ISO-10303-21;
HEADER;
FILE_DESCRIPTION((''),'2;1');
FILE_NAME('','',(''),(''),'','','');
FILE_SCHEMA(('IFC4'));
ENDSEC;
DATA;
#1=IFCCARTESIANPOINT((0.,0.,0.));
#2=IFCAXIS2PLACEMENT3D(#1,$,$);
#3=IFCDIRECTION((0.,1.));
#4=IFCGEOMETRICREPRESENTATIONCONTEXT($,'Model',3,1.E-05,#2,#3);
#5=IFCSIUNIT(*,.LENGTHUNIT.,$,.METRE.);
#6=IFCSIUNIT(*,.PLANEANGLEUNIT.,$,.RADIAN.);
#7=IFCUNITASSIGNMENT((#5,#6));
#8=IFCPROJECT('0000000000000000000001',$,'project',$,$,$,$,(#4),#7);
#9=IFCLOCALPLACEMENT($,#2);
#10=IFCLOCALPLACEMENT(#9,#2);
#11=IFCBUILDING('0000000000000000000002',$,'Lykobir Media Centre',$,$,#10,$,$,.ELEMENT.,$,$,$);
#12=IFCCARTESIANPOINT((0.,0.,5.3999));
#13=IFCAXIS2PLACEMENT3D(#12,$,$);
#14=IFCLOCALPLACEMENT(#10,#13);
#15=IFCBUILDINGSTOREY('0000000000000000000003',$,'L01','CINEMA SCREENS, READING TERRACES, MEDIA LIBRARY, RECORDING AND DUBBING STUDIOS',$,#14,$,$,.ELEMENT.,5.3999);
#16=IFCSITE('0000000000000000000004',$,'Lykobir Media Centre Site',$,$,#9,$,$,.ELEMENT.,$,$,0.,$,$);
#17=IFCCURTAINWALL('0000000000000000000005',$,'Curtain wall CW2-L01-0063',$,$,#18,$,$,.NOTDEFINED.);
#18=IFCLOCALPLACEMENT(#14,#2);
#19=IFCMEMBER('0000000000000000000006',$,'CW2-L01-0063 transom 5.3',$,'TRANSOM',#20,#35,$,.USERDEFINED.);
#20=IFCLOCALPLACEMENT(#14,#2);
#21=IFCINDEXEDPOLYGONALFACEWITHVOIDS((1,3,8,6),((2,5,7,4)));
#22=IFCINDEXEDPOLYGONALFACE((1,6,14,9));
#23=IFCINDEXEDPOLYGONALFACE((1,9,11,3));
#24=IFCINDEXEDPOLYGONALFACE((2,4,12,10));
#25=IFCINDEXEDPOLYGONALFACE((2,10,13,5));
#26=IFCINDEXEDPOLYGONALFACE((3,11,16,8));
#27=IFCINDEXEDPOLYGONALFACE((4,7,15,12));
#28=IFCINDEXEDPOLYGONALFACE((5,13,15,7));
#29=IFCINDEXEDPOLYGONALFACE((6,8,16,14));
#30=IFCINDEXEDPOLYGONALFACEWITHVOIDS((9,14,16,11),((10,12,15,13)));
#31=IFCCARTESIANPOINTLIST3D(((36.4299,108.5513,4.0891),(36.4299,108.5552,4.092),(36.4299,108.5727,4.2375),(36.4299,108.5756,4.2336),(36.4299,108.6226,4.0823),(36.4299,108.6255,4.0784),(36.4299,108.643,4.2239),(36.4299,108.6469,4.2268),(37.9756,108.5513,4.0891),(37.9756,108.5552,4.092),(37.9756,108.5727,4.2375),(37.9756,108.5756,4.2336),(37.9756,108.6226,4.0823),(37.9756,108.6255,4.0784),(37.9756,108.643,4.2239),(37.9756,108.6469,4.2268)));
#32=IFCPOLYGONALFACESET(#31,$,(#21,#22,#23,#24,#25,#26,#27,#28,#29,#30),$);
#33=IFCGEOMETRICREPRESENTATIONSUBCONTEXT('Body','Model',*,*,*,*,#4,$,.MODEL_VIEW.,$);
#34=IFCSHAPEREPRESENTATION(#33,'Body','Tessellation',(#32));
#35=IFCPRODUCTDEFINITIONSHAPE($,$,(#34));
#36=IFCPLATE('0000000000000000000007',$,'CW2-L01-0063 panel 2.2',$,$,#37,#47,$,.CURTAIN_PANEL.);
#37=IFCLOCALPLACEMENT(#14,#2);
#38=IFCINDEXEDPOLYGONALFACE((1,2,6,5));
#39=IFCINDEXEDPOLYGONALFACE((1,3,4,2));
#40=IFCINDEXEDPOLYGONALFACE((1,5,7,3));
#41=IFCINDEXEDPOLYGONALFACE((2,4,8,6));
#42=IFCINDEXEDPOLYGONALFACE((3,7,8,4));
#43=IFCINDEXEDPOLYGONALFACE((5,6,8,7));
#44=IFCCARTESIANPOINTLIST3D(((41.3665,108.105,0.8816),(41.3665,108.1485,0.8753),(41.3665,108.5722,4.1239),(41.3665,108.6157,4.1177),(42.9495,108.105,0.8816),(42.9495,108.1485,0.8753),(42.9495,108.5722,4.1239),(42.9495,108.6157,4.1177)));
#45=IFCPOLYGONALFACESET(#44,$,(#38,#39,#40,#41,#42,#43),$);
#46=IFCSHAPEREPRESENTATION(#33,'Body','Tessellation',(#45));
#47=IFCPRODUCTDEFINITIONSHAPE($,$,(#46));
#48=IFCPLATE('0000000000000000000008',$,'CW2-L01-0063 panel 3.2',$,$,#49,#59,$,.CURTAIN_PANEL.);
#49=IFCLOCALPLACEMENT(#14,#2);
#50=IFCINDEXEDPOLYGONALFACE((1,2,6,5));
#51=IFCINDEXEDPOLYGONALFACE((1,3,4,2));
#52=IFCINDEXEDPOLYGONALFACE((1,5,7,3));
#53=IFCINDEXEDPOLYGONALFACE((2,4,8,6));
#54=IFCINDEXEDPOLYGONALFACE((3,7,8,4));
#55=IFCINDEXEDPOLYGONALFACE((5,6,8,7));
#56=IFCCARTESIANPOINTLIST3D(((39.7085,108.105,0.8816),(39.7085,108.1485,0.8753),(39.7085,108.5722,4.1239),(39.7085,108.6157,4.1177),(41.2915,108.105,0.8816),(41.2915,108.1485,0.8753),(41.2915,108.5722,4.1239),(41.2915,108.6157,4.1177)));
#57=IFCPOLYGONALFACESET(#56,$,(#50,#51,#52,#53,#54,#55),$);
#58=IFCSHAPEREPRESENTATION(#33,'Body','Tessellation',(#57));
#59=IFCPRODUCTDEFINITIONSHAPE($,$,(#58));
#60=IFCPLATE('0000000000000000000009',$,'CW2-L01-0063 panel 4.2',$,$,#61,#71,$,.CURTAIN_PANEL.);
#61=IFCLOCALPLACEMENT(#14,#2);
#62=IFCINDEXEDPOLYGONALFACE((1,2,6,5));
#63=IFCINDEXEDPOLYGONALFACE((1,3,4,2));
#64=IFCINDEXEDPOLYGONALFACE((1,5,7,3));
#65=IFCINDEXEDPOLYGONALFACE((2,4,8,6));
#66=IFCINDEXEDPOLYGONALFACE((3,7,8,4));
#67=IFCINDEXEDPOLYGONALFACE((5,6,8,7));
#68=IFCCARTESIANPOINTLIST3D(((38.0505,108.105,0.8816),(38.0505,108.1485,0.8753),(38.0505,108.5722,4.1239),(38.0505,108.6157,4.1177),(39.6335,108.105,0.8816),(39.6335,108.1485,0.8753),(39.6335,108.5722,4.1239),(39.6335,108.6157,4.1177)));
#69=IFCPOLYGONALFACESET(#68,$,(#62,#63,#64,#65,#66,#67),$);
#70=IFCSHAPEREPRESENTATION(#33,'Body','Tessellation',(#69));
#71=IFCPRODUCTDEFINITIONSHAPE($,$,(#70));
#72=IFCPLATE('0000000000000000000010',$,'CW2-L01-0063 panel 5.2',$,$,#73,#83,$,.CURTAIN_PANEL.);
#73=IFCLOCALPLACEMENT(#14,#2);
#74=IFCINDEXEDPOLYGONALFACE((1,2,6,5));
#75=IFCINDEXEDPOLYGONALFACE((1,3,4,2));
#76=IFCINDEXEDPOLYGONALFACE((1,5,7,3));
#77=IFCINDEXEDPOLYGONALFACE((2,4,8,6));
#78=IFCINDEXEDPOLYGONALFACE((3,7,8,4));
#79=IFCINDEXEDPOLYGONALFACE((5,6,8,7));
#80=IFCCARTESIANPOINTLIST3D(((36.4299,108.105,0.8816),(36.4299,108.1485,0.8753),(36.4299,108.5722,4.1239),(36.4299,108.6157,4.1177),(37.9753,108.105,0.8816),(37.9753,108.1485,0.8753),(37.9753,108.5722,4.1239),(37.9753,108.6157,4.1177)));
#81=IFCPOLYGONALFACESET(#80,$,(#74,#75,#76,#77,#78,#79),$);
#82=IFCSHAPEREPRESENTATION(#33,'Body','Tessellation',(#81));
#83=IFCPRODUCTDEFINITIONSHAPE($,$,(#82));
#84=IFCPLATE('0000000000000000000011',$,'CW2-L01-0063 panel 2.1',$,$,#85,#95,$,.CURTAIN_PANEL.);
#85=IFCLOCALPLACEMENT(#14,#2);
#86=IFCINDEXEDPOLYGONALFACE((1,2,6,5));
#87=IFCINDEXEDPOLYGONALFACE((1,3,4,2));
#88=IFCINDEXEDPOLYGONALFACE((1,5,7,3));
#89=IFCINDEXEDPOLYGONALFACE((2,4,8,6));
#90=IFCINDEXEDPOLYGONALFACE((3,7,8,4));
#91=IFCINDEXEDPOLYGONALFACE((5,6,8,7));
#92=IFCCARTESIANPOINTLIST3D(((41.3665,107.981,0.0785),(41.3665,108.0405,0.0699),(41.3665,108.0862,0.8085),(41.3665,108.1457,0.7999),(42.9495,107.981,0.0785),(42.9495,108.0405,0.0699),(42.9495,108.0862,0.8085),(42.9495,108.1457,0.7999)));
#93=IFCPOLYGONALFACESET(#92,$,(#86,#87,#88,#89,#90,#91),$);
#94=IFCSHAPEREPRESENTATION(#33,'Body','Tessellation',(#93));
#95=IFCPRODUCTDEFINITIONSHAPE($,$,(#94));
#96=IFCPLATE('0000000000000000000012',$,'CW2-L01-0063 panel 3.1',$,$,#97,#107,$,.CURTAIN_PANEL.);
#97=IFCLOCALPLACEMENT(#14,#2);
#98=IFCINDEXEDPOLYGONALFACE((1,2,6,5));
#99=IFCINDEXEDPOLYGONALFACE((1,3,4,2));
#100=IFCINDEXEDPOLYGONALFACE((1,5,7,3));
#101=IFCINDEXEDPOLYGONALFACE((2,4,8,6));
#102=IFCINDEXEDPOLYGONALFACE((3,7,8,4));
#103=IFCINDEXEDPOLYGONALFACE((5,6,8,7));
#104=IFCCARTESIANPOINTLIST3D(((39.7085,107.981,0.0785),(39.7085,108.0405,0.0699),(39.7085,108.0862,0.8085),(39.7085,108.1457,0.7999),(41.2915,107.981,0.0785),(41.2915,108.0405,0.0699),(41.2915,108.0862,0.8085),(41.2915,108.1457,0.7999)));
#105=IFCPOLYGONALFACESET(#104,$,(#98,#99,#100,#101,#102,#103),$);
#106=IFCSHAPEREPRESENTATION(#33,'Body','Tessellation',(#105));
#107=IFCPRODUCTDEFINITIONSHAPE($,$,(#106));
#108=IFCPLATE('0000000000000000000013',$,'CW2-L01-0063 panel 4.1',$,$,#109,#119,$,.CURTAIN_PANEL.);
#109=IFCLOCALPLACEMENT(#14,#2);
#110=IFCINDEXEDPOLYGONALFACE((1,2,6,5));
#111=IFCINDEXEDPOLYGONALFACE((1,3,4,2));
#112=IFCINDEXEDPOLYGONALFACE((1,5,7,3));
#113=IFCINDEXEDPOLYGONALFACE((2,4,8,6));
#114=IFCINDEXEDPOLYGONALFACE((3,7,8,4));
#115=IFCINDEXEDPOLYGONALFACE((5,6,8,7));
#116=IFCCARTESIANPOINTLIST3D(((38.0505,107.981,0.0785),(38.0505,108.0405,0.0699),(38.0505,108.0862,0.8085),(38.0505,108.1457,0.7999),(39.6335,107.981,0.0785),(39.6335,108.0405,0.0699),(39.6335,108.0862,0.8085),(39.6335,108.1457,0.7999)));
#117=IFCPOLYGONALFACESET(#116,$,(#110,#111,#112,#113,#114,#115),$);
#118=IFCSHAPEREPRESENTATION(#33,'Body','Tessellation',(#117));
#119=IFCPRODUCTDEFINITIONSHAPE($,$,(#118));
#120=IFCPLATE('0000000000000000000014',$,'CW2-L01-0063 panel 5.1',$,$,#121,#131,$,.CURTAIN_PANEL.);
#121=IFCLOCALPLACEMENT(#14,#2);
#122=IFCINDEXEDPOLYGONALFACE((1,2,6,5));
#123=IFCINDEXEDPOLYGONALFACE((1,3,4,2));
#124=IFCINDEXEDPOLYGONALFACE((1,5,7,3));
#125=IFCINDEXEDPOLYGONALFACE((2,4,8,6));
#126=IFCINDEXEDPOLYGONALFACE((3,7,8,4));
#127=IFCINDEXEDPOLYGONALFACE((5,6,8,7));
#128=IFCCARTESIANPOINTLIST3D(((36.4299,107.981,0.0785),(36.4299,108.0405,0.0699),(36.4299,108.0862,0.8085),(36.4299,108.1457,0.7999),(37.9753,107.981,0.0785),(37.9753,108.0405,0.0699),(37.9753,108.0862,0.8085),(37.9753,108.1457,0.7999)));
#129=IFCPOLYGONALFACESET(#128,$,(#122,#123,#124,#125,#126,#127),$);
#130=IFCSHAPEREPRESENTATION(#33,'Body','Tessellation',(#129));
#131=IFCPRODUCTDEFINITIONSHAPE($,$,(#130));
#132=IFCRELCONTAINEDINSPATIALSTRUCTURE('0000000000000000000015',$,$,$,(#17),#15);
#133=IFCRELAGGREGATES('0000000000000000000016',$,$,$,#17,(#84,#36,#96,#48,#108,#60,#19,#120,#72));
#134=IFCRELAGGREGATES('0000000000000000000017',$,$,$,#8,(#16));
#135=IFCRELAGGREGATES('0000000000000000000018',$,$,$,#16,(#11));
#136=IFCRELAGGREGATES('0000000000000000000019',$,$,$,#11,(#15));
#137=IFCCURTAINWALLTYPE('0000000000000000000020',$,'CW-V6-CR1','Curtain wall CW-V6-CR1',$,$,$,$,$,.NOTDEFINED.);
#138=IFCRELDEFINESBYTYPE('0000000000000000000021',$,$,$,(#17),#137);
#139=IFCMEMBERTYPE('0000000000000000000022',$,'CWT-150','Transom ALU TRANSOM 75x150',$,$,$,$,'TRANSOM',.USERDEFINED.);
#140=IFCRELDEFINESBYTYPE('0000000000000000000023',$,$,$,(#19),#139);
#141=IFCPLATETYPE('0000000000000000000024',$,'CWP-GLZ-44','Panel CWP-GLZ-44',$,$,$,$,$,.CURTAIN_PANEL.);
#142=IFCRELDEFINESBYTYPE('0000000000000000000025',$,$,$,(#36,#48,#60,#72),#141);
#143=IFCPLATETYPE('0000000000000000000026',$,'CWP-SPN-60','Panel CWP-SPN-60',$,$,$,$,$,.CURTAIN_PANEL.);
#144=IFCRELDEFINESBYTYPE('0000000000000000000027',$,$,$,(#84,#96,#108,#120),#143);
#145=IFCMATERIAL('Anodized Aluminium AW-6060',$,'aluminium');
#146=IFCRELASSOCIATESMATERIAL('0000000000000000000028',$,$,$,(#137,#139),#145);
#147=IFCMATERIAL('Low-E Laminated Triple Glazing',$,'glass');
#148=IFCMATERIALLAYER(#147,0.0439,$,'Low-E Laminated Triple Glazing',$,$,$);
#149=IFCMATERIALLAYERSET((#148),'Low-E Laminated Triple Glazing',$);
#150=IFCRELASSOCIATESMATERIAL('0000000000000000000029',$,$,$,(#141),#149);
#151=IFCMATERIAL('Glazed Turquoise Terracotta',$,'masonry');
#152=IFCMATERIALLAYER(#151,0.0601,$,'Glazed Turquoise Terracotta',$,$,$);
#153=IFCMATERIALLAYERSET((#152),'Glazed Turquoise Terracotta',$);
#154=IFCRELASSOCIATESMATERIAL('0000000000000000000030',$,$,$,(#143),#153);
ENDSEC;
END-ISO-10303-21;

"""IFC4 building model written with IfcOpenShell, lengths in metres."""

from ifc_helpers import new_model, si_unit, direction, frame, origin, origin_2d, place, context, subcontext, project, spatial, rectangle, hollow_rectangle, extrude, material, layer, layer_set, material_profile, profile_set, type_object, element, aggregate, save


model = new_model("IFC4")

# Units and contexts
model_context = context("Model", 3, precision=1e-05, world=origin(), true_north=direction((0.0, 1.0)))
body_context = subcontext(model_context, "Body", "Model", "MODEL_VIEW")
ifc_project = project(units=[si_unit("LENGTHUNIT", "METRE"), si_unit("PLANEANGLEUNIT", "RADIAN")], contexts=[model_context])

# Site, building, storey
site_placement = place(None, origin())
site = spatial("IfcSite", under=ifc_project, at=site_placement, Name="Lykobir Media Centre Site", CompositionType="ELEMENT", RefElevation=0.0)
building_placement = place(site_placement, origin())
building = spatial("IfcBuilding", under=site, at=building_placement, Name="Lykobir Media Centre", CompositionType="ELEMENT")
storey_placement = place(building_placement, frame((0.0, 0.0, 5.3999)))
storey = spatial("IfcBuildingStorey", under=building, at=storey_placement, Name="L01", Description="CINEMA SCREENS, READING TERRACES, MEDIA LIBRARY, RECORDING AND DUBBING STUDIOS", CompositionType="ELEMENT", Elevation=5.3999)

# Curtain wall, member, plates
ifc_material_1 = material(Name="Anodized Aluminium AW-6060", Category="aluminium")
curtain_wall_type = type_object("IfcCurtainWallType", Name="CW-V6-CR1", Description="Curtain wall CW-V6-CR1", PredefinedType="NOTDEFINED", material=ifc_material_1)
curtain_wall_placement = place(storey_placement, origin())
curtain_wall = element("IfcCurtainWall", 1, at=curtain_wall_placement, inside=storey, type_object=curtain_wall_type, Name="Curtain wall CW2-L01-0063", PredefinedType="NOTDEFINED")
ifc_material_profile_1 = material_profile(ifc_material_1, hollow_rectangle(XDim=0.075, YDim=0.1499, WallThickness=0.0034, at=origin_2d()), Name="ALU TRANSOM 75x150")
ifc_profile_set_1 = profile_set([ifc_material_profile_1], Name="Anodized Aluminium AW-6060")
member_type_1 = type_object("IfcMemberType", Name="CWT-150", Description="Transom ALU TRANSOM 75x150", ElementType="TRANSOM", PredefinedType="USERDEFINED", material=ifc_profile_set_1)
member_1_placement = place(storey_placement, frame((37.9756, 108.5991, 4.158), z_axis=(-1.0, 0.0, 0.0), x_axis=(0.0, -0.989776, 0.142629)))
member_1 = element("IfcMember", 2, at=member_1_placement, type_object=member_type_1, Name="CW2-L01-0063 transom 5.3", ObjectType="TRANSOM", PredefinedType="USERDEFINED", context=body_context, shape_type="SweptSolid", body=[
    extrude(hollow_rectangle(XDim=0.075, YDim=0.1499, WallThickness=0.0034, at=origin_2d()), origin(), (0.0, 0.0, 1.0), 1.5457),
])
ifc_material_2 = material(Name="Low-E Laminated Triple Glazing", Category="glass")
ifc_layer_1 = layer(ifc_material_2, 0.0439, Name="Low-E Laminated Triple Glazing")
ifc_layer_set_1 = layer_set([ifc_layer_1], Name="Low-E Laminated Triple Glazing")
plate_type_1 = type_object("IfcPlateType", Name="CWP-GLZ-44", Description="Panel CWP-GLZ-44", PredefinedType="CURTAIN_PANEL", material=ifc_layer_set_1)
plate_1_placement = place(storey_placement, frame((42.158, 108.1267, 0.8784), z_axis=(0.0, 0.142629, 0.989776), x_axis=(-1.0, 0.0, 0.0)))
plate_1 = element("IfcPlate", 3, at=plate_1_placement, type_object=plate_type_1, Name="CW2-L01-0063 panel 2.2", PredefinedType="CURTAIN_PANEL", context=body_context, shape_type="SweptSolid", body=[
    extrude(rectangle(XDim=1.583, YDim=0.0439, at=origin_2d()), origin(), (0.0, 0.0, 1.0), 3.2759),
])
plate_2_placement = place(storey_placement, frame((40.5, 108.1267, 0.8784), z_axis=(0.0, 0.142629, 0.989776), x_axis=(-1.0, 0.0, 0.0)))
plate_2 = element("IfcPlate", 4, at=plate_2_placement, type_object=plate_type_1, Name="CW2-L01-0063 panel 3.2", PredefinedType="CURTAIN_PANEL", context=body_context, shape_type="SweptSolid", body=[
    extrude(rectangle(XDim=1.583, YDim=0.0439, at=origin_2d()), origin(), (0.0, 0.0, 1.0), 3.2759),
])
plate_3_placement = place(storey_placement, frame((38.842, 108.1267, 0.8784), z_axis=(0.0, 0.142629, 0.989776), x_axis=(-1.0, 0.0, 0.0)))
plate_3 = element("IfcPlate", 5, at=plate_3_placement, type_object=plate_type_1, Name="CW2-L01-0063 panel 4.2", PredefinedType="CURTAIN_PANEL", context=body_context, shape_type="SweptSolid", body=[
    extrude(rectangle(XDim=1.583, YDim=0.0439, at=origin_2d()), origin(), (0.0, 0.0, 1.0), 3.2759),
])
plate_4_placement = place(storey_placement, frame((37.2026, 108.1267, 0.8784), z_axis=(0.0, 0.142629, 0.989776), x_axis=(-1.0, 0.0, 0.0)))
plate_4 = element("IfcPlate", 6, at=plate_4_placement, type_object=plate_type_1, Name="CW2-L01-0063 panel 5.2", PredefinedType="CURTAIN_PANEL", context=body_context, shape_type="SweptSolid", body=[
    extrude(rectangle(XDim=1.5454, YDim=0.0439, at=origin_2d()), origin(), (0.0, 0.0, 1.0), 3.2759),
])
ifc_material_3 = material(Name="Glazed Turquoise Terracotta", Category="masonry")
ifc_layer_2 = layer(ifc_material_3, 0.0601, Name="Glazed Turquoise Terracotta")
ifc_layer_set_2 = layer_set([ifc_layer_2], Name="Glazed Turquoise Terracotta")
plate_type_2 = type_object("IfcPlateType", Name="CWP-SPN-60", Description="Panel CWP-SPN-60", PredefinedType="CURTAIN_PANEL", material=ifc_layer_set_2)
plate_5_placement = place(storey_placement, frame((42.158, 108.0107, 0.0742), z_axis=(0.0, 0.142629, 0.989776), x_axis=(-1.0, 0.0, 0.0)))
plate_5 = element("IfcPlate", 7, at=plate_5_placement, type_object=plate_type_2, Name="CW2-L01-0063 panel 2.1", PredefinedType="CURTAIN_PANEL", context=body_context, shape_type="SweptSolid", body=[
    extrude(rectangle(XDim=1.583, YDim=0.0601, at=origin_2d()), origin(), (0.0, 0.0, 1.0), 0.7375),
])
plate_6_placement = place(storey_placement, frame((40.5, 108.0107, 0.0742), z_axis=(0.0, 0.142629, 0.989776), x_axis=(-1.0, 0.0, 0.0)))
plate_6 = element("IfcPlate", 8, at=plate_6_placement, type_object=plate_type_2, Name="CW2-L01-0063 panel 3.1", PredefinedType="CURTAIN_PANEL", context=body_context, shape_type="SweptSolid", body=[
    extrude(rectangle(XDim=1.583, YDim=0.0601, at=origin_2d()), origin(), (0.0, 0.0, 1.0), 0.7375),
])
plate_7_placement = place(storey_placement, frame((38.842, 108.0107, 0.0742), z_axis=(0.0, 0.142629, 0.989776), x_axis=(-1.0, 0.0, 0.0)))
plate_7 = element("IfcPlate", 9, at=plate_7_placement, type_object=plate_type_2, Name="CW2-L01-0063 panel 4.1", PredefinedType="CURTAIN_PANEL", context=body_context, shape_type="SweptSolid", body=[
    extrude(rectangle(XDim=1.583, YDim=0.0601, at=origin_2d()), origin(), (0.0, 0.0, 1.0), 0.7375),
])
plate_8_placement = place(storey_placement, frame((37.2026, 108.0107, 0.0742), z_axis=(0.0, 0.142629, 0.989776), x_axis=(-1.0, 0.0, 0.0)))
plate_8 = element("IfcPlate", 10, at=plate_8_placement, type_object=plate_type_2, Name="CW2-L01-0063 panel 5.1", PredefinedType="CURTAIN_PANEL", context=body_context, shape_type="SweptSolid", body=[
    extrude(rectangle(XDim=1.5454, YDim=0.0601, at=origin_2d()), origin(), (0.0, 0.0, 1.0), 0.7375),
])
aggregate(curtain_wall, [plate_5, plate_1, plate_6, plate_2, plate_7, plate_3, member_1, plate_8, plate_4])

save(model, "model.ifc")
